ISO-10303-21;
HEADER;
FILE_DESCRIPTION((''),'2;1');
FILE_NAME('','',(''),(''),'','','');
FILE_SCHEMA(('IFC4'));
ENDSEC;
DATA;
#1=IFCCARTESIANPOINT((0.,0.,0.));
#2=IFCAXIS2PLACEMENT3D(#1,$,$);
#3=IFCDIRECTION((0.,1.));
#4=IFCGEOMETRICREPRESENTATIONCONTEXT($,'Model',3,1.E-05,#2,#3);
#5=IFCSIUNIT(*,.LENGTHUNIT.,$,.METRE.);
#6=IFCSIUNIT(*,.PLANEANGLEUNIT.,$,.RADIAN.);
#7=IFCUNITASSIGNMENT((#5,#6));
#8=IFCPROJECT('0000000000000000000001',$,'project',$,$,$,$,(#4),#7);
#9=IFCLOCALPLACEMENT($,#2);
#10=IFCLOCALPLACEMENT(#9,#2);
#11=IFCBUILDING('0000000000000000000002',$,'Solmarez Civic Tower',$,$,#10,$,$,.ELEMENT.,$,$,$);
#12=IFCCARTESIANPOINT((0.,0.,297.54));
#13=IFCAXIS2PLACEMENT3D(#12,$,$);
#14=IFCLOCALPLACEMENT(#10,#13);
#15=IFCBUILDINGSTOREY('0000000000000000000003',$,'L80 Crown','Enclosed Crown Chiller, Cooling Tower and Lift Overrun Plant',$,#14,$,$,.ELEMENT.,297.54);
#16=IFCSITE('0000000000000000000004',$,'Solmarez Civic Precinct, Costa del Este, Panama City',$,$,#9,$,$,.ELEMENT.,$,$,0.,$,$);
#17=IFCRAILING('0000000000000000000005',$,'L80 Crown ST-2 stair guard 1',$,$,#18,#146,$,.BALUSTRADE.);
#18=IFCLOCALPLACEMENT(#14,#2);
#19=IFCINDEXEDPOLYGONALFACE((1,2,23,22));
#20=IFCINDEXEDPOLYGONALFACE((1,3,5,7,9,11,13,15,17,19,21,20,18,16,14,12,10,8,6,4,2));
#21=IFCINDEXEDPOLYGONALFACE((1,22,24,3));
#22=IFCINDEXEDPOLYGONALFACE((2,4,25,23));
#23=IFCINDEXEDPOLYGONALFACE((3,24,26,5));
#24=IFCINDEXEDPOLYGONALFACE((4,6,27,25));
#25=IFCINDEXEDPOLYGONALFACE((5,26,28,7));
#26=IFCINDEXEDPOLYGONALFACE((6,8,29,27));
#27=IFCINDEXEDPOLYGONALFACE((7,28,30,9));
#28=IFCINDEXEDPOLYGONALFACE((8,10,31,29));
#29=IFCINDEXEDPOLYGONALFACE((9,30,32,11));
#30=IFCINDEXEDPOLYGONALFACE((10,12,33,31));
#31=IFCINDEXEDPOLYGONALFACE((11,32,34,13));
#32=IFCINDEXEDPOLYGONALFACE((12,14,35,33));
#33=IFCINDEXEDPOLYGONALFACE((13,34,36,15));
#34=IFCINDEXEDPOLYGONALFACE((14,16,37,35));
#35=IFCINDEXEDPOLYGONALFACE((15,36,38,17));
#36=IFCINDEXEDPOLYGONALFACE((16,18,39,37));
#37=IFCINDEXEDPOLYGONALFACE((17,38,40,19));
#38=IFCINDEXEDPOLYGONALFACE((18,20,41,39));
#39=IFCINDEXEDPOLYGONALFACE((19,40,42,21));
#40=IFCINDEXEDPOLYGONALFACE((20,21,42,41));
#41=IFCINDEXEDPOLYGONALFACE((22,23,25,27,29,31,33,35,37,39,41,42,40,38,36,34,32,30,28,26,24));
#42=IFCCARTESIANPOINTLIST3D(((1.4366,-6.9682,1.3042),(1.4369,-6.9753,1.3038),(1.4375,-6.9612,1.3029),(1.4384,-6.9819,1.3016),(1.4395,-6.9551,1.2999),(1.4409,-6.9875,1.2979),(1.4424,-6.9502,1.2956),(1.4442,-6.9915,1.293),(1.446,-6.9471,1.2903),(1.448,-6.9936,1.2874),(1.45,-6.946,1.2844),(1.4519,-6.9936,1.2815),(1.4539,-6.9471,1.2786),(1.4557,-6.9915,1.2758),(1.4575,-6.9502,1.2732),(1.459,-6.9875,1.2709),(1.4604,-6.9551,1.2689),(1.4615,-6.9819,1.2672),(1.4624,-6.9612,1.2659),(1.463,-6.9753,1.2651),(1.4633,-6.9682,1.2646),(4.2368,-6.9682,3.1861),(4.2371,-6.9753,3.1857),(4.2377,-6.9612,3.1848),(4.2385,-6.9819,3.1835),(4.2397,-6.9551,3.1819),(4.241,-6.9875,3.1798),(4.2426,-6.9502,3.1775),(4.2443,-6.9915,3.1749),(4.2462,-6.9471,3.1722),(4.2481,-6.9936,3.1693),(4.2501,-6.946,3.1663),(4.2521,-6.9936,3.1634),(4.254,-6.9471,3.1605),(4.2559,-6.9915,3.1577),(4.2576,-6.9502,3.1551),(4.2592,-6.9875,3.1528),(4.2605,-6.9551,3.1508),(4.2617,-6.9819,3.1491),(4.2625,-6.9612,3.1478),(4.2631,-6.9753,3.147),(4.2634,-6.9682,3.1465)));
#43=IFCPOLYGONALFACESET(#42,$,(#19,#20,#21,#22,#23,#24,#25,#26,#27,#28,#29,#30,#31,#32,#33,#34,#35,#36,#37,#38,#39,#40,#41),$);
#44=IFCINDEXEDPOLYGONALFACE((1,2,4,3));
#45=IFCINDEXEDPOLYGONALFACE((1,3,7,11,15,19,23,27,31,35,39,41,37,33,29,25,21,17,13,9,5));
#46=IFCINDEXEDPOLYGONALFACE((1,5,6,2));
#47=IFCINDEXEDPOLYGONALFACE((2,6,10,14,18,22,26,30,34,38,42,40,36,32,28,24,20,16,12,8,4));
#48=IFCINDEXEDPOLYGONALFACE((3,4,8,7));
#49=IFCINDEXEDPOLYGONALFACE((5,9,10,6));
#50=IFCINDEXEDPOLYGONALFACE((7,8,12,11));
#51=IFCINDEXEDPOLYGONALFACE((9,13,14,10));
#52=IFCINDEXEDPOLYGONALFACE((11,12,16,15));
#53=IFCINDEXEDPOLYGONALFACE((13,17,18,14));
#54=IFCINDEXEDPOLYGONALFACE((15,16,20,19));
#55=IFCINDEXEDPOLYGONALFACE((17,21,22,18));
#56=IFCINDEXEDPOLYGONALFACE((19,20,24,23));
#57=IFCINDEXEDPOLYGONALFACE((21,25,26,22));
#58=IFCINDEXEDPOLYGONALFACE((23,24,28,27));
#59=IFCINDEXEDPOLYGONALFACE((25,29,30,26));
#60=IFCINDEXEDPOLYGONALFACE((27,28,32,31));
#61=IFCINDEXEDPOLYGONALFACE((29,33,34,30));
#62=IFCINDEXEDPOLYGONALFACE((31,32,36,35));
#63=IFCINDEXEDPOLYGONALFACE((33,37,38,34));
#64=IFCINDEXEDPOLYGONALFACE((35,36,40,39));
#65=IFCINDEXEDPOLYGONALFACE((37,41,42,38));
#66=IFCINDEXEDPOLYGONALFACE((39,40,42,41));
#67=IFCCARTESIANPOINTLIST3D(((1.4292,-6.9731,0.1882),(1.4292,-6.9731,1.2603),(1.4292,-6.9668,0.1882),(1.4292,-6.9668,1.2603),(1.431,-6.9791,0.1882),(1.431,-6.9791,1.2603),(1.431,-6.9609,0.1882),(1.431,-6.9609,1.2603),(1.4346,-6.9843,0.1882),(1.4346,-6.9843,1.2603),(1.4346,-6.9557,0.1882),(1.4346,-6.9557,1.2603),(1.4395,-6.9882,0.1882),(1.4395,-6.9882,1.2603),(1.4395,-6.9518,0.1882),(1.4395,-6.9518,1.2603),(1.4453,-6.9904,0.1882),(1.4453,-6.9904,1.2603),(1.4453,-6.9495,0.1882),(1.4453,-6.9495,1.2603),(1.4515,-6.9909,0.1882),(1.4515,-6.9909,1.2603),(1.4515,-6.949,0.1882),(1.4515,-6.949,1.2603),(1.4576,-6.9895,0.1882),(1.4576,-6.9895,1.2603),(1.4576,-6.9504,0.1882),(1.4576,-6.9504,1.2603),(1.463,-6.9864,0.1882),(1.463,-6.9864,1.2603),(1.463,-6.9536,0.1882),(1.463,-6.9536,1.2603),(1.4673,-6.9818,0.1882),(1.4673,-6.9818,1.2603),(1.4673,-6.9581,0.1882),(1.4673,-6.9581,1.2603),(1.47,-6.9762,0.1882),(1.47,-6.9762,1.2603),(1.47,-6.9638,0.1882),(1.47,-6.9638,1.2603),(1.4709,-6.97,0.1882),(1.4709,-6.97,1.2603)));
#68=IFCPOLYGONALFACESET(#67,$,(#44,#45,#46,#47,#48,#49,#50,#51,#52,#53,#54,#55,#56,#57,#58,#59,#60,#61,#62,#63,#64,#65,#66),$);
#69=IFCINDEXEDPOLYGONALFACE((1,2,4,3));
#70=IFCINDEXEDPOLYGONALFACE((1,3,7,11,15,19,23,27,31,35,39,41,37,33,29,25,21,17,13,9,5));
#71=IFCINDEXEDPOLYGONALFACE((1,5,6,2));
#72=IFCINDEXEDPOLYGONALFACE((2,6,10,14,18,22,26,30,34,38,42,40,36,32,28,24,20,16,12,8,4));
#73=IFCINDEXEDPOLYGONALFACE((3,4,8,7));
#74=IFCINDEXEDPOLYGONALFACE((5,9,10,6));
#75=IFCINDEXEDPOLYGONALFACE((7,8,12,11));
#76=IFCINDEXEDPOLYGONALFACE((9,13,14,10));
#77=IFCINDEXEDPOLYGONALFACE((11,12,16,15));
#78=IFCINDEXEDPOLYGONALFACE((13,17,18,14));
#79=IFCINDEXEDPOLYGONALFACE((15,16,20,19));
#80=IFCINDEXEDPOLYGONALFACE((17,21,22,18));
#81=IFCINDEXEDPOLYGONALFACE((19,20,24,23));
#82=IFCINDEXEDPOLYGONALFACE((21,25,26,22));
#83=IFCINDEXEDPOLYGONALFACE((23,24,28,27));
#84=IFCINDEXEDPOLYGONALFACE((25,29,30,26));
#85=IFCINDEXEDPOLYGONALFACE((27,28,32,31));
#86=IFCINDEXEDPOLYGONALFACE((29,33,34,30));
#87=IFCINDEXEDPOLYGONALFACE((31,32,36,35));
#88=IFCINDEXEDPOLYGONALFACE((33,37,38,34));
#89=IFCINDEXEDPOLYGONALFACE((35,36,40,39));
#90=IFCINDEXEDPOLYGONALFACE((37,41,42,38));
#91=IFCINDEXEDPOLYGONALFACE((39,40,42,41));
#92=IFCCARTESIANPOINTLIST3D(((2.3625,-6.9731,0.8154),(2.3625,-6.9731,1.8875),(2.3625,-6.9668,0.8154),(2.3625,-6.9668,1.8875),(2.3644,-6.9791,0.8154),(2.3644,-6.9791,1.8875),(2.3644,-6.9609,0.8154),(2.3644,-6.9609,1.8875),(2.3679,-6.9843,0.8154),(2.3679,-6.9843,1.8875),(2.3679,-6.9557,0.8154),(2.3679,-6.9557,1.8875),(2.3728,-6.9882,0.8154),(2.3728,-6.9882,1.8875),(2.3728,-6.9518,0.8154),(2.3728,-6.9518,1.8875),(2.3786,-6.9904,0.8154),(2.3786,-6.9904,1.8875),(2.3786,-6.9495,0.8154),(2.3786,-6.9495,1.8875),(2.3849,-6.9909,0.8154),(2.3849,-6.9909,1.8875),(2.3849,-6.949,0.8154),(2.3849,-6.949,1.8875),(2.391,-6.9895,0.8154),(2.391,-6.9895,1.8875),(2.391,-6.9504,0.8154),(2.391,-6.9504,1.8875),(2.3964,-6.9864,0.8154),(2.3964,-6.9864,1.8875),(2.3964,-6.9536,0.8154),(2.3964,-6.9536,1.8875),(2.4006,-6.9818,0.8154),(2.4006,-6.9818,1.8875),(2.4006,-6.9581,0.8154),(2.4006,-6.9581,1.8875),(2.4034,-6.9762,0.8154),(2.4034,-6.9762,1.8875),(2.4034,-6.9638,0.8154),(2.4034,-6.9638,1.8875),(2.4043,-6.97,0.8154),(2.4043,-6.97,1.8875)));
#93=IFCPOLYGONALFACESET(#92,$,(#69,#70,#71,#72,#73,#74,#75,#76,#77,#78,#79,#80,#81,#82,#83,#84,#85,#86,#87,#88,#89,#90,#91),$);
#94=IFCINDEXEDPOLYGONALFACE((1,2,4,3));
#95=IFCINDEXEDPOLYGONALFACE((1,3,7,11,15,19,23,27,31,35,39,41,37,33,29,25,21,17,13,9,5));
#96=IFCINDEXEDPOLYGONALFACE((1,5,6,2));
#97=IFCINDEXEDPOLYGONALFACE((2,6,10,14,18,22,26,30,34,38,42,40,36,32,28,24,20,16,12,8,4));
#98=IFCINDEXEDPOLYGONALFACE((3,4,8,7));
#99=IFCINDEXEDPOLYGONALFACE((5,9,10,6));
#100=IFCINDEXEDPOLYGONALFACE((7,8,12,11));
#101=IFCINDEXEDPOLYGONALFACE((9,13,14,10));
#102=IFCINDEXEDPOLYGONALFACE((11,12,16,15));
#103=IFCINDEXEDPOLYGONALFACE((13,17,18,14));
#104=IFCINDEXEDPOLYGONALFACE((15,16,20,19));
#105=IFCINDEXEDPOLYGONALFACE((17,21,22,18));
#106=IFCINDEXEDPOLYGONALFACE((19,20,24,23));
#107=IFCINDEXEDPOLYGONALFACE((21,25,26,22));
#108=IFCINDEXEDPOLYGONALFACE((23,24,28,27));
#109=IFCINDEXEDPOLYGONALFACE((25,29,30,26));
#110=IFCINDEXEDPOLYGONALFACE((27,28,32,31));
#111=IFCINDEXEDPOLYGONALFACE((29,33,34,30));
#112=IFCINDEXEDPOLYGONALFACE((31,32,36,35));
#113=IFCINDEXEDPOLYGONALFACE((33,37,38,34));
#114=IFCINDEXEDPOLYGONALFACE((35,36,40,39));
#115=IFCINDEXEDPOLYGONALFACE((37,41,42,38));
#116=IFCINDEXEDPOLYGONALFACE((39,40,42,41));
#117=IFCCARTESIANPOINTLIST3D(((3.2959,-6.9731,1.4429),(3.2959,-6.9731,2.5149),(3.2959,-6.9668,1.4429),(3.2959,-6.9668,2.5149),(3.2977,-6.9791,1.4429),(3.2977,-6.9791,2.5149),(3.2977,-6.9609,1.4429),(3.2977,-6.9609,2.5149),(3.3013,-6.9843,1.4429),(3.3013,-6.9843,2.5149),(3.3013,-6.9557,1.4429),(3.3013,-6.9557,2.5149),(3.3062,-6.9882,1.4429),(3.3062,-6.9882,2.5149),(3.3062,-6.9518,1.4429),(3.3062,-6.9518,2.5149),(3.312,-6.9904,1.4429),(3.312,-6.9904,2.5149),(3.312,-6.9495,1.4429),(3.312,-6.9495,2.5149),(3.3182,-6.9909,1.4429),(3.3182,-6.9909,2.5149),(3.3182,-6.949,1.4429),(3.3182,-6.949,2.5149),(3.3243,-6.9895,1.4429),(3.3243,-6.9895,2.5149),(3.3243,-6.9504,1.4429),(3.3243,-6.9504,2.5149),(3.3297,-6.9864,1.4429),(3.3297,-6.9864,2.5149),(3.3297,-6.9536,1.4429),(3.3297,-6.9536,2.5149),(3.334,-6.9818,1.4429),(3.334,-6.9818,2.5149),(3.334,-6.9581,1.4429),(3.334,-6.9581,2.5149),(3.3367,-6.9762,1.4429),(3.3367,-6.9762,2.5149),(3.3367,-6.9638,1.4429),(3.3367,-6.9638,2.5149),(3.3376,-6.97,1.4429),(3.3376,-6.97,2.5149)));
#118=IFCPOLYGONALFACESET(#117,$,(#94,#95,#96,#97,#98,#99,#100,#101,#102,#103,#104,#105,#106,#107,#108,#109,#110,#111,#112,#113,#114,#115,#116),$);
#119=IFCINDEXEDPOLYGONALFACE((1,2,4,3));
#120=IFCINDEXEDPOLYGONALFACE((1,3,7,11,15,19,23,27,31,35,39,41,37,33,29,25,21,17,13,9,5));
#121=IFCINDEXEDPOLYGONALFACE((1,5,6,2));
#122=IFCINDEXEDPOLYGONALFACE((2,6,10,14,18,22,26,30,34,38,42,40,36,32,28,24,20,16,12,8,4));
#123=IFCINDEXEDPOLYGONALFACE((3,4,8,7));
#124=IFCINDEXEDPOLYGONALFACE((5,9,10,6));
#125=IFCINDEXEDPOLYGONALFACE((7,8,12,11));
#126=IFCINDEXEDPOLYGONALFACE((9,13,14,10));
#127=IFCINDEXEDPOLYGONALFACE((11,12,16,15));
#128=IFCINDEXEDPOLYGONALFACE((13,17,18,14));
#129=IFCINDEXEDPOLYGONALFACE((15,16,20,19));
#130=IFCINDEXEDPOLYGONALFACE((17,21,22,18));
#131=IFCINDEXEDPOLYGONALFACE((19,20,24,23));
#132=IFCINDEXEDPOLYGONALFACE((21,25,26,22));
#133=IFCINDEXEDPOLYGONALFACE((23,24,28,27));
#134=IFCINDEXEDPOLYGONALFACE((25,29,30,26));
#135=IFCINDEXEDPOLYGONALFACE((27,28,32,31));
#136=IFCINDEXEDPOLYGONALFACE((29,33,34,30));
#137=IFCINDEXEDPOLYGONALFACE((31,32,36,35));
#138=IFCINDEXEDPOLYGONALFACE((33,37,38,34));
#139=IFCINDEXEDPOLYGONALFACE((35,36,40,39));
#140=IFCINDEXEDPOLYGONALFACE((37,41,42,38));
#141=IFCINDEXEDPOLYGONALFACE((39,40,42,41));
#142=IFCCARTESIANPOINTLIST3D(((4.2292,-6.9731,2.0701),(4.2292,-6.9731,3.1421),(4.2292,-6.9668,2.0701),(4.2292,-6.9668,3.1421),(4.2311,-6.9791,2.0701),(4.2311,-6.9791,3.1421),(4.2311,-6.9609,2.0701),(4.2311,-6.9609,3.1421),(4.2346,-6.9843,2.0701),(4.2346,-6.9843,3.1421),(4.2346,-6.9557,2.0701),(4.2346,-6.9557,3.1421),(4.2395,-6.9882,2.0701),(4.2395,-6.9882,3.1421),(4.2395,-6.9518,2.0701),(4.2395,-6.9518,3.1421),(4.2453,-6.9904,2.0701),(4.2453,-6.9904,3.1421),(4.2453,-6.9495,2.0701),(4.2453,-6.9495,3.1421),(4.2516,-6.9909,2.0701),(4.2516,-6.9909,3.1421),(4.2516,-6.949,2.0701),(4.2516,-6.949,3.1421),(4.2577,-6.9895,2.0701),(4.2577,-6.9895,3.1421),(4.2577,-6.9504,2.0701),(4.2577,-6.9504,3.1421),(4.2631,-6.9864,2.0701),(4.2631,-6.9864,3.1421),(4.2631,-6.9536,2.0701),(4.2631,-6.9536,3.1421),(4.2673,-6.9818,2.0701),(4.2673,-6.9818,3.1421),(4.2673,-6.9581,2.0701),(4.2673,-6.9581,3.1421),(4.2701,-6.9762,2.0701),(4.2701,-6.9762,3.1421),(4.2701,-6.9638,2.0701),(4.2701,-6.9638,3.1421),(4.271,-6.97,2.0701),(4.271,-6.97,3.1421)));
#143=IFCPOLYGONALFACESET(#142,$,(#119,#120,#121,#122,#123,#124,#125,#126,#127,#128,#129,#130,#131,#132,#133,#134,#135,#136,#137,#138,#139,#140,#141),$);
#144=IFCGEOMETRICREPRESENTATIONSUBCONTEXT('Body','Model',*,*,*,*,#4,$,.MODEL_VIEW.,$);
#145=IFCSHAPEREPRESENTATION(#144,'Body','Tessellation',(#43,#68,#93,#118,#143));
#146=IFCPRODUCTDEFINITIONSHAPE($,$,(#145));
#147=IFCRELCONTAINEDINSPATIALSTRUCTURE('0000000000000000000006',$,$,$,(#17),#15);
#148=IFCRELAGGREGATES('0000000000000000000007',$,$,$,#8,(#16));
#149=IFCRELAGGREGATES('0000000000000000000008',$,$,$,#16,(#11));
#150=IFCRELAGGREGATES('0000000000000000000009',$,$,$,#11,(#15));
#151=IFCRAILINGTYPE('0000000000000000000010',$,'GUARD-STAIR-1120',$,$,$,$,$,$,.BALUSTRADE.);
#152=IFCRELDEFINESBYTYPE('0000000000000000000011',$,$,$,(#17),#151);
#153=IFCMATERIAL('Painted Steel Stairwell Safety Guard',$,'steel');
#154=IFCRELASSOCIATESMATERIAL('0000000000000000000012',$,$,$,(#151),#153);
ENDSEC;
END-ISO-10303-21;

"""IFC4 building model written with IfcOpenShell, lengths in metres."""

from ifc_helpers import new_model, si_unit, direction, frame, origin, origin_2d, place, context, subcontext, project, spatial, circle, extrude, material, type_object, element, save


model = new_model("IFC4")

# Units and contexts
model_context = context("Model", 3, precision=1e-05, world=origin(), true_north=direction((0.0, 1.0)))
body_context = subcontext(model_context, "Body", "Model", "MODEL_VIEW")
ifc_project = project(units=[si_unit("LENGTHUNIT", "METRE"), si_unit("PLANEANGLEUNIT", "RADIAN")], contexts=[model_context])

# Site, building, storey
site_placement = place(None, origin())
site = spatial("IfcSite", under=ifc_project, at=site_placement, Name="Solmarez Civic Precinct, Costa del Este, Panama City", CompositionType="ELEMENT", RefElevation=0.0)
building_placement = place(site_placement, origin())
building = spatial("IfcBuilding", under=site, at=building_placement, Name="Solmarez Civic Tower", CompositionType="ELEMENT")
storey_placement = place(building_placement, frame((0.0, 0.0, 297.54)))
storey = spatial("IfcBuildingStorey", under=building, at=storey_placement, Name="L80 Crown", Description="Enclosed Crown Chiller, Cooling Tower and Lift Overrun Plant", CompositionType="ELEMENT", Elevation=297.54)

# Railing
ifc_material_1 = material(Name="Painted Steel Stairwell Safety Guard", Category="steel")
railing_type_1 = type_object("IfcRailingType", Name="GUARD-STAIR-1120", PredefinedType="BALUSTRADE", material=ifc_material_1)
railing_1_placement = place(storey_placement, frame((1.45, -6.97, 0.1882)))
element("IfcRailing", 1, at=railing_1_placement, inside=storey, type_object=railing_type_1, Name="L80 Crown ST-2 stair guard 1", PredefinedType="BALUSTRADE", context=body_context, shape_type="SweptSolid", body=[
    extrude(circle(Radius=0.0239, at=origin_2d()), frame((0.0, 0.0, 1.0962), z_axis=(0.829974, 0.0, 0.557803), x_axis=(0.0, 1.0, 0.0)), (0.0, 0.0, 1.0), 3.3738),
    extrude(circle(Radius=0.021, at=origin_2d()), origin(), (0.0, 0.0, 1.0), 1.072),
    extrude(circle(Radius=0.021, at=origin_2d()), frame((0.9333, 0.0, 0.6272)), (0.0, 0.0, 1.0), 1.072),
    extrude(circle(Radius=0.021, at=origin_2d()), frame((1.8667, 0.0, 1.2546)), (0.0, 0.0, 1.0), 1.072),
    extrude(circle(Radius=0.021, at=origin_2d()), frame((2.8, 0.0, 1.8818)), (0.0, 0.0, 1.0), 1.072),
])

save(model, "model.ifc")
